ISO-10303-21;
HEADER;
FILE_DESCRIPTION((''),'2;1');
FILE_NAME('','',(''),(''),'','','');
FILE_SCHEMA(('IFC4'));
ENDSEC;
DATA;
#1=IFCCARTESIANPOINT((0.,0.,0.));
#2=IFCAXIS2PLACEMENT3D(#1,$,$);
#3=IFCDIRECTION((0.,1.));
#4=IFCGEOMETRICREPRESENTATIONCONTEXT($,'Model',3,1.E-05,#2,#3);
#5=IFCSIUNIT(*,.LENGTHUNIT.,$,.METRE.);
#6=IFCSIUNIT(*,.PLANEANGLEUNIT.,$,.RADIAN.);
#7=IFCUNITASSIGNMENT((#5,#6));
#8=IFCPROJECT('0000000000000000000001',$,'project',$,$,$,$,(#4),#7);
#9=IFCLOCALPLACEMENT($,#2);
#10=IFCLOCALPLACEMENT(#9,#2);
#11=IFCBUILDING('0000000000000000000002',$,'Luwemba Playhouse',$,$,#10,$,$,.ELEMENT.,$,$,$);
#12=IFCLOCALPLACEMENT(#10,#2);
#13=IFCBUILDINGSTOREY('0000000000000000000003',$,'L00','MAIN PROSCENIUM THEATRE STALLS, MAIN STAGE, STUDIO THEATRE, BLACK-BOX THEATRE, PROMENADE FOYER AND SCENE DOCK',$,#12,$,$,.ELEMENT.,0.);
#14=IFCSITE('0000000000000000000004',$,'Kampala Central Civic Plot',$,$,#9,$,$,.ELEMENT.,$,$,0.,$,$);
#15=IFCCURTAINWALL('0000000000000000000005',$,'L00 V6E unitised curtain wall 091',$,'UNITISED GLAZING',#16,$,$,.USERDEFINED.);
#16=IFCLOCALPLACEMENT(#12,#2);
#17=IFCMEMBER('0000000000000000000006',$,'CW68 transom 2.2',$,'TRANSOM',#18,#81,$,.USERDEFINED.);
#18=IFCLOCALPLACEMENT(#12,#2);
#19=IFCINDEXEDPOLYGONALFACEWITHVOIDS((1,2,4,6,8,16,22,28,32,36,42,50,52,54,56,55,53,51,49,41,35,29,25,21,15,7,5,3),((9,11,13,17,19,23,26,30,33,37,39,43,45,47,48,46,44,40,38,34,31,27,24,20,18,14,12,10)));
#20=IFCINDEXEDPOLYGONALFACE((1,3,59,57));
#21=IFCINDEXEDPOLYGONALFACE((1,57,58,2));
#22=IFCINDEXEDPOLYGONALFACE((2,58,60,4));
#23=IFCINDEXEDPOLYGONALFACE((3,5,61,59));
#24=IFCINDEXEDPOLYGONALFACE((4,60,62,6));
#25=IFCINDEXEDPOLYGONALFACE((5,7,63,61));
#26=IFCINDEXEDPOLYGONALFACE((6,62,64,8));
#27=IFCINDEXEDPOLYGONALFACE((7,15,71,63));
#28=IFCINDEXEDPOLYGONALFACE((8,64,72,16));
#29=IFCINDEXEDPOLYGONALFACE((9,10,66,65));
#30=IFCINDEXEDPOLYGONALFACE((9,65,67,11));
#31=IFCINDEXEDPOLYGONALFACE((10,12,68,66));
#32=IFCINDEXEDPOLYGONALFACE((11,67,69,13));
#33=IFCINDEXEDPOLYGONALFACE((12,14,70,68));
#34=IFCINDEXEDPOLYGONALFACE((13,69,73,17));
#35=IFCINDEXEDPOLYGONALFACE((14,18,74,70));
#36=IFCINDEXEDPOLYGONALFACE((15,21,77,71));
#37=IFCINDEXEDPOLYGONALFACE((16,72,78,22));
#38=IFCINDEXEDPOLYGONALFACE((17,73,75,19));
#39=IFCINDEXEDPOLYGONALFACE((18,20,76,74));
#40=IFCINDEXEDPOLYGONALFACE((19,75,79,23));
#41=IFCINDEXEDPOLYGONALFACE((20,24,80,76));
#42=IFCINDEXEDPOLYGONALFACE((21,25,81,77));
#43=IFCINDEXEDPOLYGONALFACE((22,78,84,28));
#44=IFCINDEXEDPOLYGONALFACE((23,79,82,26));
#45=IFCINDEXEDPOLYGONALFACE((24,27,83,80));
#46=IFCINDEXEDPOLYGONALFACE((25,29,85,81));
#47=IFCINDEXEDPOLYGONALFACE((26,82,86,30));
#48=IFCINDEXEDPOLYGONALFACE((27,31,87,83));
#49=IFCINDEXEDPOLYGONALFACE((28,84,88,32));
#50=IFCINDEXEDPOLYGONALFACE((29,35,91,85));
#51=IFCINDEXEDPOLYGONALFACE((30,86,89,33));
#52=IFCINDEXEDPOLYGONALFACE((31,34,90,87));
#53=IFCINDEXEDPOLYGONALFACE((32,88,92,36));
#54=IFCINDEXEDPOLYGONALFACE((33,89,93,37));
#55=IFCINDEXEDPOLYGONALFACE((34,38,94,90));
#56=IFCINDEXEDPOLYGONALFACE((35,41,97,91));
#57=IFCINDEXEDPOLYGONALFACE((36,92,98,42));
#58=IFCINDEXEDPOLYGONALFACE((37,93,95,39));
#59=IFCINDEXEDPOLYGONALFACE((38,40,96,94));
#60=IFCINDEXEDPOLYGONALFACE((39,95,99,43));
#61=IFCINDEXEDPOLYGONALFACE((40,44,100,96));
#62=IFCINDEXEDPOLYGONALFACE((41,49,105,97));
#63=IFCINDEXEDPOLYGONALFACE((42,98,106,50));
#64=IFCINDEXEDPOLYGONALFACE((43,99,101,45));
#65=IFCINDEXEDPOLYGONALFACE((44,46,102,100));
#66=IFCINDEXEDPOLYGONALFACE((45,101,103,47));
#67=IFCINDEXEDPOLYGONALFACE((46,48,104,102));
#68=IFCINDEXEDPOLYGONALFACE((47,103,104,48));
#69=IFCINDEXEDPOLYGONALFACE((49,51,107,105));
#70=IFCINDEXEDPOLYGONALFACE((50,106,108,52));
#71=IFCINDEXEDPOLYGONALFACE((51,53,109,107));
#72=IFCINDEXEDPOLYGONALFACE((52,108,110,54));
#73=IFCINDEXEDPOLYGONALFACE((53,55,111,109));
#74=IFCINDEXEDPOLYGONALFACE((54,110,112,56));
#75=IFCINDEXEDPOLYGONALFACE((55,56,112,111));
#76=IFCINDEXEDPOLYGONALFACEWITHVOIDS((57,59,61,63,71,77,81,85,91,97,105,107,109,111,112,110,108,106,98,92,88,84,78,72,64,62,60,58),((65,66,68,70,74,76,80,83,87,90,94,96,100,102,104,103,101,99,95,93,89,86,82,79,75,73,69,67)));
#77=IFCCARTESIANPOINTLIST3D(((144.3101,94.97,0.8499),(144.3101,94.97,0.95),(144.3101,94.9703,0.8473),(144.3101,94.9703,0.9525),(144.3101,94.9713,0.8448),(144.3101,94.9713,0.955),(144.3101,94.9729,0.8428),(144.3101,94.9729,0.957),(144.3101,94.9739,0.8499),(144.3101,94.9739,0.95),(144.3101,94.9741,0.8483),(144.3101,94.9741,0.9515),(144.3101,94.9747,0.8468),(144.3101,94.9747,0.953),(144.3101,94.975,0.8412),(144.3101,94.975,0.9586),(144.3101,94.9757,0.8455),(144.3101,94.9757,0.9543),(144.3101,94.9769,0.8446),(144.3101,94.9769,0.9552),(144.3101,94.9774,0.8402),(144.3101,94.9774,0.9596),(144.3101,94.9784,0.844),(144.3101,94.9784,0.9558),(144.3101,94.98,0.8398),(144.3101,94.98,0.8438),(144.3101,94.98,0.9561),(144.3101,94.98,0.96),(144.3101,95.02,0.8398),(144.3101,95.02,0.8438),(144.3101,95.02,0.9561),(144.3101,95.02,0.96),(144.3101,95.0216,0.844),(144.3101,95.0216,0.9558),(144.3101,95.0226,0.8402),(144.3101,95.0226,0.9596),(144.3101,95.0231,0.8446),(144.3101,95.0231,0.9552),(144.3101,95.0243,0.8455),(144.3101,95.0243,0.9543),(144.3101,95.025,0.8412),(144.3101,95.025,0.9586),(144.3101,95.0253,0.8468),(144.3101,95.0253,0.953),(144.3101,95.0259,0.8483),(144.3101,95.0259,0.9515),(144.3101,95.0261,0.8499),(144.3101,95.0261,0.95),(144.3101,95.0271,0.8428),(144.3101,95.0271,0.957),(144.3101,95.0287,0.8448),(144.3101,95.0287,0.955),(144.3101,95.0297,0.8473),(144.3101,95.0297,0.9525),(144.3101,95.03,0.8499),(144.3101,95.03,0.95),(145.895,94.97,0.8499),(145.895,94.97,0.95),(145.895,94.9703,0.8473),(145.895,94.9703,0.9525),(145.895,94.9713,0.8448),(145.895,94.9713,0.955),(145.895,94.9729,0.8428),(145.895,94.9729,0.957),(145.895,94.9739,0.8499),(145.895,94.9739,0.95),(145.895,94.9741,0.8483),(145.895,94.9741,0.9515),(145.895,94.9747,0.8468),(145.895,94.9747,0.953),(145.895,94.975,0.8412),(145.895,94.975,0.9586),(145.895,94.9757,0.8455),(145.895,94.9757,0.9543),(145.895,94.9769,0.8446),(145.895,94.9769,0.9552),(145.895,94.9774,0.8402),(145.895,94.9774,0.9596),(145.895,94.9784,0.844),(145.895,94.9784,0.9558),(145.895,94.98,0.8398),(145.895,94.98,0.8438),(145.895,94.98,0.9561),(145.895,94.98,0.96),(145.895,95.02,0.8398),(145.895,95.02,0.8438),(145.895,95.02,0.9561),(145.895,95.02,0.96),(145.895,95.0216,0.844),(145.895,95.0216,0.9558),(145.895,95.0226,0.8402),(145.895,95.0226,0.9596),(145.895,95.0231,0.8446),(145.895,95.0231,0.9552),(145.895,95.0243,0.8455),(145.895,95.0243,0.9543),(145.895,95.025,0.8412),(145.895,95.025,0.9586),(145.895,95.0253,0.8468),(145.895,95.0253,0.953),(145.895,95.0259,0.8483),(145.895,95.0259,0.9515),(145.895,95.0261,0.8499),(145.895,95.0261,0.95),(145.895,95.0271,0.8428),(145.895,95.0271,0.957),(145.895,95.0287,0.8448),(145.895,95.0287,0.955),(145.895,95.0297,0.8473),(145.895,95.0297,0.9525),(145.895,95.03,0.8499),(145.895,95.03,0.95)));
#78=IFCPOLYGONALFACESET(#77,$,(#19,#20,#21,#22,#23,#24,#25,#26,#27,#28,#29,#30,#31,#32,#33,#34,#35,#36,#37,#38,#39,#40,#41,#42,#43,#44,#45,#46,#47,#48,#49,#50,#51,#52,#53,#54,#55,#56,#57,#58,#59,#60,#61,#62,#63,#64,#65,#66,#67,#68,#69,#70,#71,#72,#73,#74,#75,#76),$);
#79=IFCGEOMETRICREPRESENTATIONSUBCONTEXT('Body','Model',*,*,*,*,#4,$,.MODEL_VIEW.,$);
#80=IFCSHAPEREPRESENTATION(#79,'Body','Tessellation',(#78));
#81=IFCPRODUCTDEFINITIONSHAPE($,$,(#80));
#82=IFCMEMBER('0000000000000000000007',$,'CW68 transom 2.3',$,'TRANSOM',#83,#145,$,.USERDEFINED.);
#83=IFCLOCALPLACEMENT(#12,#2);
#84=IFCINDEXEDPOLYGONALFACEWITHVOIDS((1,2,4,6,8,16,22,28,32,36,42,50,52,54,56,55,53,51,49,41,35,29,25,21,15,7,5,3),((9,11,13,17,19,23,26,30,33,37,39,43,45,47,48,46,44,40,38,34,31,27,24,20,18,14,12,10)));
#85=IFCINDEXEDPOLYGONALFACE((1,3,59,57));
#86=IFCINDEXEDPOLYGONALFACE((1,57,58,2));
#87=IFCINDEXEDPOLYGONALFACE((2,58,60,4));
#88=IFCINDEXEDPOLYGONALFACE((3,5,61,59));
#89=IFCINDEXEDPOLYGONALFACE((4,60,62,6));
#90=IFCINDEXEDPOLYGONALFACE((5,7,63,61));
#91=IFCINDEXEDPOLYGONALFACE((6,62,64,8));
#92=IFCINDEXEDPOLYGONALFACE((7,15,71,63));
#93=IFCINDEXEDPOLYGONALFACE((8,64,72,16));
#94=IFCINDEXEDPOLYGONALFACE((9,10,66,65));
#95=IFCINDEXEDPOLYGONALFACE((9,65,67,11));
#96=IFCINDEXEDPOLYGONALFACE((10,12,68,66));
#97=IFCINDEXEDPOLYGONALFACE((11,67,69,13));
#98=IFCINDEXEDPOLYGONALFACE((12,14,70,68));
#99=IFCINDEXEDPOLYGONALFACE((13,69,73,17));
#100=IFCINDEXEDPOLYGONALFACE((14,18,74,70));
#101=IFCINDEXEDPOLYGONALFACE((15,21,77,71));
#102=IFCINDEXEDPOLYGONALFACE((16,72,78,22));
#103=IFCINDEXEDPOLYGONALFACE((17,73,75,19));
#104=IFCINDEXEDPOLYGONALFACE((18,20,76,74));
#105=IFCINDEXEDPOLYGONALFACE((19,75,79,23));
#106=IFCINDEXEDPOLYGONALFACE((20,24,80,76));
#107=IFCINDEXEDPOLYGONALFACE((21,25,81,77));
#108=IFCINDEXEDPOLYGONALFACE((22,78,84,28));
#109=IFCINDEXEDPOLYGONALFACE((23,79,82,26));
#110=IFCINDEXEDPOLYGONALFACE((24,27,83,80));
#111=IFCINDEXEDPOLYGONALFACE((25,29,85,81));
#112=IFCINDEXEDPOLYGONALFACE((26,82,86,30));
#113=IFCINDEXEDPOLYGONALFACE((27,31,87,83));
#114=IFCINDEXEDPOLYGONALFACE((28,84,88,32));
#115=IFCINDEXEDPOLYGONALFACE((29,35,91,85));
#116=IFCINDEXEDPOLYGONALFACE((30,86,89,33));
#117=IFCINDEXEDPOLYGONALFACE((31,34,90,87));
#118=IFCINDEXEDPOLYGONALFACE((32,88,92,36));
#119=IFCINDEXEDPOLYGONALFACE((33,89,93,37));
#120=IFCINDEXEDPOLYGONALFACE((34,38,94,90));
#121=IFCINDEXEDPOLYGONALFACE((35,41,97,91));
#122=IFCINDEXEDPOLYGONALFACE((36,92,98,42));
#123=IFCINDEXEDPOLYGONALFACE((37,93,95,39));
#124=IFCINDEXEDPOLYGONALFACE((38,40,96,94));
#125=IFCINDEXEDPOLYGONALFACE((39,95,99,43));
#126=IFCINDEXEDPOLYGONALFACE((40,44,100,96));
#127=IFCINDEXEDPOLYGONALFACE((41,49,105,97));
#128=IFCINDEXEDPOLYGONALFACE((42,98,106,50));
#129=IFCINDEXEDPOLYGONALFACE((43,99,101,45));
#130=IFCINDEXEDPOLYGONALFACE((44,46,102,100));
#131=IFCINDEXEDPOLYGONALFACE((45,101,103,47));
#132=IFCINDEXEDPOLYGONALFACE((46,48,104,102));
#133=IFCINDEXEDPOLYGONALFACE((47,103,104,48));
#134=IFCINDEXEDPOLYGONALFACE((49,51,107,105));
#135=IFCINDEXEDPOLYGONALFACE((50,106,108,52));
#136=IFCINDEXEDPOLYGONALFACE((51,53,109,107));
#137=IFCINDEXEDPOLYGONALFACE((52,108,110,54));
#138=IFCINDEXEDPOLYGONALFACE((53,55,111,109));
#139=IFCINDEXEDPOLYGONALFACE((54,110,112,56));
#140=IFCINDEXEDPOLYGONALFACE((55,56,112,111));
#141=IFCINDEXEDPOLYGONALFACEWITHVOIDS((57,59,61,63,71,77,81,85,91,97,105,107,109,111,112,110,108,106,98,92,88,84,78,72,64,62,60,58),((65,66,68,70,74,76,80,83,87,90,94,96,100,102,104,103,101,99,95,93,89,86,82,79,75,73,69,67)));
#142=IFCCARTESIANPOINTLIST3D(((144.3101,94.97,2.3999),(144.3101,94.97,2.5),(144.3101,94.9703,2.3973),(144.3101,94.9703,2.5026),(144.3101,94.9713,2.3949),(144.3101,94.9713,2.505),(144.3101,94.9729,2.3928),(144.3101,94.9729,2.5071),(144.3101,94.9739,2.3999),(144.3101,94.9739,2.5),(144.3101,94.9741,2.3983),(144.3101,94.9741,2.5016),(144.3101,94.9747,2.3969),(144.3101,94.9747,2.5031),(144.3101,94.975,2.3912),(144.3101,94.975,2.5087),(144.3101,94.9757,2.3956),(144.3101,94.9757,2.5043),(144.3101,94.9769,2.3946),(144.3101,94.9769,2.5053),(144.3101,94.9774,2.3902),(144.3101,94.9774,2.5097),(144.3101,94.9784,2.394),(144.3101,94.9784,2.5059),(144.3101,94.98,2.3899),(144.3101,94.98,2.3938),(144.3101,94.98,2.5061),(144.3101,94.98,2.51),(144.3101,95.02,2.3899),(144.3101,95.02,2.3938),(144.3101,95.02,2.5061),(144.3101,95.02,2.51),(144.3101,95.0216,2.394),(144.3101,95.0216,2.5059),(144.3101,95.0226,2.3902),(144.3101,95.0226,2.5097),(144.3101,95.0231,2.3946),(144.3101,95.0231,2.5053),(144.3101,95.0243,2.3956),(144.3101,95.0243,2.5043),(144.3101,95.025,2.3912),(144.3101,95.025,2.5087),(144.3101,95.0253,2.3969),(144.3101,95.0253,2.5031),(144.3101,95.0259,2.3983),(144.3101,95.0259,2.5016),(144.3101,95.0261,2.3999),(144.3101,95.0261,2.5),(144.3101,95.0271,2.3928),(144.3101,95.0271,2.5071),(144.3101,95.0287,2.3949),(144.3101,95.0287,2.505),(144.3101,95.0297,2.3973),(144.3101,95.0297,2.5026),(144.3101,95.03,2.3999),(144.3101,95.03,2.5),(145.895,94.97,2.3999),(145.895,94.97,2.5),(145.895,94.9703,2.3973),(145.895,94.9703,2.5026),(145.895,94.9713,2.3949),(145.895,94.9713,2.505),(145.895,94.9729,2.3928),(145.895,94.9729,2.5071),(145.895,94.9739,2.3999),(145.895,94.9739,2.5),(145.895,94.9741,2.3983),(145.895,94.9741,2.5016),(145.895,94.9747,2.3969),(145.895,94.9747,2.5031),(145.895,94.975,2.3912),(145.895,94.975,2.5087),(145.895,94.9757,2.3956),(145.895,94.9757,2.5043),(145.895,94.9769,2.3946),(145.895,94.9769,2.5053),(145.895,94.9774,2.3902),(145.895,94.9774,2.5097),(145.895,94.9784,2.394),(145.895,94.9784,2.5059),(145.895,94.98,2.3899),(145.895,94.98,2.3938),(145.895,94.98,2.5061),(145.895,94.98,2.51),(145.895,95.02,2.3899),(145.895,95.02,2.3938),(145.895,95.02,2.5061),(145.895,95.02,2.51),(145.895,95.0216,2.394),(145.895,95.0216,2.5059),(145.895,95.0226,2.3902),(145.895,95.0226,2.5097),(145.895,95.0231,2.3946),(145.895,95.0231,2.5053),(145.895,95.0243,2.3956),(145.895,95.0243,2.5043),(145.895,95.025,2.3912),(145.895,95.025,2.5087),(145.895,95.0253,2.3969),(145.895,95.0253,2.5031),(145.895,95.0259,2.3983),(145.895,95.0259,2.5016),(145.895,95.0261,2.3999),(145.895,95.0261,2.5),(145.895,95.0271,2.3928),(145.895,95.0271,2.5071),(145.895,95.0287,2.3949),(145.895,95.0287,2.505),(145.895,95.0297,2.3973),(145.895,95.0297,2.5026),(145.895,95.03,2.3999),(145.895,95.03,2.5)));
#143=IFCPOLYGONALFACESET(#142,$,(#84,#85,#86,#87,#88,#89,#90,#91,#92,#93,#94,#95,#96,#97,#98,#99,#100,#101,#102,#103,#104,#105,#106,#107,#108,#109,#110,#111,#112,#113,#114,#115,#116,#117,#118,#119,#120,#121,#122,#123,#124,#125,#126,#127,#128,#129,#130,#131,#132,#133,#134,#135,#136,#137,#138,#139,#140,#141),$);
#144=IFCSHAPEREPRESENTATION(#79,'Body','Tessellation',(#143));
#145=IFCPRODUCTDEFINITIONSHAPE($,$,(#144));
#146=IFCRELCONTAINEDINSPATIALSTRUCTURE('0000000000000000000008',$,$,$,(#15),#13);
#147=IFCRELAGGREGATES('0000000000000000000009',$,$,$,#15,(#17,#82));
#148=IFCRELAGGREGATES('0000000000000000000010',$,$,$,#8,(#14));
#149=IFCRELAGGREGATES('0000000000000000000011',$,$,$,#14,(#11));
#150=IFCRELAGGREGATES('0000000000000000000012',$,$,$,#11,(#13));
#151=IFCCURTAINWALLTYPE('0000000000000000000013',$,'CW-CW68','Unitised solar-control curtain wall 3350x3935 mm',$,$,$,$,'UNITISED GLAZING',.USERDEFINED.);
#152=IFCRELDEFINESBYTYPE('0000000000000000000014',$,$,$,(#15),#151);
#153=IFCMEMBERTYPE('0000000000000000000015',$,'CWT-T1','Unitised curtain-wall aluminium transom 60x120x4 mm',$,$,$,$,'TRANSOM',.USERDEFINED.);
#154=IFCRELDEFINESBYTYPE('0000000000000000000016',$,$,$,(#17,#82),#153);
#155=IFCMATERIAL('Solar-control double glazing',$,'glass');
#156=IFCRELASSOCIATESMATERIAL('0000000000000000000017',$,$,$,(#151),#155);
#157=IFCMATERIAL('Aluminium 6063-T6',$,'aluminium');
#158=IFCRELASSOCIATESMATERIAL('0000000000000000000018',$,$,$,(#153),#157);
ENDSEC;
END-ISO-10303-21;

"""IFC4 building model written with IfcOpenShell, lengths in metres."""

from ifc_helpers import new_model, si_unit, direction, frame, origin, origin_2d, place, context, subcontext, project, spatial, hollow_rectangle, extrude, material, material_profile, profile_set, type_object, element, aggregate, save


model = new_model("IFC4")

# Units and contexts
model_context = context("Model", 3, precision=1e-05, world=origin(), true_north=direction((0.0, 1.0)))
body_context = subcontext(model_context, "Body", "Model", "MODEL_VIEW")
ifc_project = project(units=[si_unit("LENGTHUNIT", "METRE"), si_unit("PLANEANGLEUNIT", "RADIAN")], contexts=[model_context])

# Site, building, storey
site_placement = place(None, origin())
site = spatial("IfcSite", under=ifc_project, at=site_placement, Name="Kampala Central Civic Plot", CompositionType="ELEMENT", RefElevation=0.0)
building_placement = place(site_placement, origin())
building = spatial("IfcBuilding", under=site, at=building_placement, Name="Luwemba Playhouse", CompositionType="ELEMENT")
storey_placement = place(building_placement, origin())
storey = spatial("IfcBuildingStorey", under=building, at=storey_placement, Name="L00", Description="MAIN PROSCENIUM THEATRE STALLS, MAIN STAGE, STUDIO THEATRE, BLACK-BOX THEATRE, PROMENADE FOYER AND SCENE DOCK", CompositionType="ELEMENT", Elevation=0.0)

# Curtain wall
ifc_material_1 = material(Name="Solar-control double glazing", Category="glass")
curtain_wall_type_1 = type_object("IfcCurtainWallType", Name="CW-CW68", Description="Unitised solar-control curtain wall 3350x3935 mm", ElementType="UNITISED GLAZING", PredefinedType="USERDEFINED", material=ifc_material_1)
curtain_wall_1_placement = place(storey_placement, origin())
curtain_wall_1 = element("IfcCurtainWall", 1, at=curtain_wall_1_placement, inside=storey, type_object=curtain_wall_type_1, Name="L00 V6E unitised curtain wall 091", ObjectType="UNITISED GLAZING", PredefinedType="USERDEFINED")
ifc_material_2 = material(Name="Aluminium 6063-T6", Category="aluminium")

# Members
ifc_material_profile_1 = material_profile(ifc_material_2, hollow_rectangle(XDim=0.0601, YDim=0.1201, WallThickness=0.0039, InnerFilletRadius=0.0061, OuterFilletRadius=0.01, at=origin_2d()))
ifc_profile_set_1 = profile_set([ifc_material_profile_1], Name="Aluminium 6063-T6")
member_type_1 = type_object("IfcMemberType", Name="CWT-T1", Description="Unitised curtain-wall aluminium transom 60x120x4 mm", ElementType="TRANSOM", PredefinedType="USERDEFINED", material=ifc_profile_set_1)
member_1_placement = place(storey_placement, frame((145.895, 95.0, 0.8999), z_axis=(-1.0, 0.0, 0.0), x_axis=(0.0, -1.0, 0.0)))
member_1 = element("IfcMember", 2, at=member_1_placement, type_object=member_type_1, Name="CW68 transom 2.2", ObjectType="TRANSOM", PredefinedType="USERDEFINED", context=body_context, shape_type="SweptSolid", body=[
    extrude(hollow_rectangle(XDim=0.0601, YDim=0.1201, WallThickness=0.0039, InnerFilletRadius=0.0061, OuterFilletRadius=0.01, at=origin_2d()), origin(), (0.0, 0.0, 1.0), 1.585),
])
member_2_placement = place(storey_placement, frame((145.895, 95.0, 2.45), z_axis=(-1.0, 0.0, 0.0), x_axis=(0.0, -1.0, 0.0)))
member_2 = element("IfcMember", 3, at=member_2_placement, type_object=member_type_1, Name="CW68 transom 2.3", ObjectType="TRANSOM", PredefinedType="USERDEFINED", context=body_context, shape_type="SweptSolid", body=[
    extrude(hollow_rectangle(XDim=0.0601, YDim=0.1201, WallThickness=0.0039, InnerFilletRadius=0.0061, OuterFilletRadius=0.01, at=origin_2d()), origin(), (0.0, 0.0, 1.0), 1.585),
])

aggregate(curtain_wall_1, [member_1, member_2])

save(model, "model.ifc")
